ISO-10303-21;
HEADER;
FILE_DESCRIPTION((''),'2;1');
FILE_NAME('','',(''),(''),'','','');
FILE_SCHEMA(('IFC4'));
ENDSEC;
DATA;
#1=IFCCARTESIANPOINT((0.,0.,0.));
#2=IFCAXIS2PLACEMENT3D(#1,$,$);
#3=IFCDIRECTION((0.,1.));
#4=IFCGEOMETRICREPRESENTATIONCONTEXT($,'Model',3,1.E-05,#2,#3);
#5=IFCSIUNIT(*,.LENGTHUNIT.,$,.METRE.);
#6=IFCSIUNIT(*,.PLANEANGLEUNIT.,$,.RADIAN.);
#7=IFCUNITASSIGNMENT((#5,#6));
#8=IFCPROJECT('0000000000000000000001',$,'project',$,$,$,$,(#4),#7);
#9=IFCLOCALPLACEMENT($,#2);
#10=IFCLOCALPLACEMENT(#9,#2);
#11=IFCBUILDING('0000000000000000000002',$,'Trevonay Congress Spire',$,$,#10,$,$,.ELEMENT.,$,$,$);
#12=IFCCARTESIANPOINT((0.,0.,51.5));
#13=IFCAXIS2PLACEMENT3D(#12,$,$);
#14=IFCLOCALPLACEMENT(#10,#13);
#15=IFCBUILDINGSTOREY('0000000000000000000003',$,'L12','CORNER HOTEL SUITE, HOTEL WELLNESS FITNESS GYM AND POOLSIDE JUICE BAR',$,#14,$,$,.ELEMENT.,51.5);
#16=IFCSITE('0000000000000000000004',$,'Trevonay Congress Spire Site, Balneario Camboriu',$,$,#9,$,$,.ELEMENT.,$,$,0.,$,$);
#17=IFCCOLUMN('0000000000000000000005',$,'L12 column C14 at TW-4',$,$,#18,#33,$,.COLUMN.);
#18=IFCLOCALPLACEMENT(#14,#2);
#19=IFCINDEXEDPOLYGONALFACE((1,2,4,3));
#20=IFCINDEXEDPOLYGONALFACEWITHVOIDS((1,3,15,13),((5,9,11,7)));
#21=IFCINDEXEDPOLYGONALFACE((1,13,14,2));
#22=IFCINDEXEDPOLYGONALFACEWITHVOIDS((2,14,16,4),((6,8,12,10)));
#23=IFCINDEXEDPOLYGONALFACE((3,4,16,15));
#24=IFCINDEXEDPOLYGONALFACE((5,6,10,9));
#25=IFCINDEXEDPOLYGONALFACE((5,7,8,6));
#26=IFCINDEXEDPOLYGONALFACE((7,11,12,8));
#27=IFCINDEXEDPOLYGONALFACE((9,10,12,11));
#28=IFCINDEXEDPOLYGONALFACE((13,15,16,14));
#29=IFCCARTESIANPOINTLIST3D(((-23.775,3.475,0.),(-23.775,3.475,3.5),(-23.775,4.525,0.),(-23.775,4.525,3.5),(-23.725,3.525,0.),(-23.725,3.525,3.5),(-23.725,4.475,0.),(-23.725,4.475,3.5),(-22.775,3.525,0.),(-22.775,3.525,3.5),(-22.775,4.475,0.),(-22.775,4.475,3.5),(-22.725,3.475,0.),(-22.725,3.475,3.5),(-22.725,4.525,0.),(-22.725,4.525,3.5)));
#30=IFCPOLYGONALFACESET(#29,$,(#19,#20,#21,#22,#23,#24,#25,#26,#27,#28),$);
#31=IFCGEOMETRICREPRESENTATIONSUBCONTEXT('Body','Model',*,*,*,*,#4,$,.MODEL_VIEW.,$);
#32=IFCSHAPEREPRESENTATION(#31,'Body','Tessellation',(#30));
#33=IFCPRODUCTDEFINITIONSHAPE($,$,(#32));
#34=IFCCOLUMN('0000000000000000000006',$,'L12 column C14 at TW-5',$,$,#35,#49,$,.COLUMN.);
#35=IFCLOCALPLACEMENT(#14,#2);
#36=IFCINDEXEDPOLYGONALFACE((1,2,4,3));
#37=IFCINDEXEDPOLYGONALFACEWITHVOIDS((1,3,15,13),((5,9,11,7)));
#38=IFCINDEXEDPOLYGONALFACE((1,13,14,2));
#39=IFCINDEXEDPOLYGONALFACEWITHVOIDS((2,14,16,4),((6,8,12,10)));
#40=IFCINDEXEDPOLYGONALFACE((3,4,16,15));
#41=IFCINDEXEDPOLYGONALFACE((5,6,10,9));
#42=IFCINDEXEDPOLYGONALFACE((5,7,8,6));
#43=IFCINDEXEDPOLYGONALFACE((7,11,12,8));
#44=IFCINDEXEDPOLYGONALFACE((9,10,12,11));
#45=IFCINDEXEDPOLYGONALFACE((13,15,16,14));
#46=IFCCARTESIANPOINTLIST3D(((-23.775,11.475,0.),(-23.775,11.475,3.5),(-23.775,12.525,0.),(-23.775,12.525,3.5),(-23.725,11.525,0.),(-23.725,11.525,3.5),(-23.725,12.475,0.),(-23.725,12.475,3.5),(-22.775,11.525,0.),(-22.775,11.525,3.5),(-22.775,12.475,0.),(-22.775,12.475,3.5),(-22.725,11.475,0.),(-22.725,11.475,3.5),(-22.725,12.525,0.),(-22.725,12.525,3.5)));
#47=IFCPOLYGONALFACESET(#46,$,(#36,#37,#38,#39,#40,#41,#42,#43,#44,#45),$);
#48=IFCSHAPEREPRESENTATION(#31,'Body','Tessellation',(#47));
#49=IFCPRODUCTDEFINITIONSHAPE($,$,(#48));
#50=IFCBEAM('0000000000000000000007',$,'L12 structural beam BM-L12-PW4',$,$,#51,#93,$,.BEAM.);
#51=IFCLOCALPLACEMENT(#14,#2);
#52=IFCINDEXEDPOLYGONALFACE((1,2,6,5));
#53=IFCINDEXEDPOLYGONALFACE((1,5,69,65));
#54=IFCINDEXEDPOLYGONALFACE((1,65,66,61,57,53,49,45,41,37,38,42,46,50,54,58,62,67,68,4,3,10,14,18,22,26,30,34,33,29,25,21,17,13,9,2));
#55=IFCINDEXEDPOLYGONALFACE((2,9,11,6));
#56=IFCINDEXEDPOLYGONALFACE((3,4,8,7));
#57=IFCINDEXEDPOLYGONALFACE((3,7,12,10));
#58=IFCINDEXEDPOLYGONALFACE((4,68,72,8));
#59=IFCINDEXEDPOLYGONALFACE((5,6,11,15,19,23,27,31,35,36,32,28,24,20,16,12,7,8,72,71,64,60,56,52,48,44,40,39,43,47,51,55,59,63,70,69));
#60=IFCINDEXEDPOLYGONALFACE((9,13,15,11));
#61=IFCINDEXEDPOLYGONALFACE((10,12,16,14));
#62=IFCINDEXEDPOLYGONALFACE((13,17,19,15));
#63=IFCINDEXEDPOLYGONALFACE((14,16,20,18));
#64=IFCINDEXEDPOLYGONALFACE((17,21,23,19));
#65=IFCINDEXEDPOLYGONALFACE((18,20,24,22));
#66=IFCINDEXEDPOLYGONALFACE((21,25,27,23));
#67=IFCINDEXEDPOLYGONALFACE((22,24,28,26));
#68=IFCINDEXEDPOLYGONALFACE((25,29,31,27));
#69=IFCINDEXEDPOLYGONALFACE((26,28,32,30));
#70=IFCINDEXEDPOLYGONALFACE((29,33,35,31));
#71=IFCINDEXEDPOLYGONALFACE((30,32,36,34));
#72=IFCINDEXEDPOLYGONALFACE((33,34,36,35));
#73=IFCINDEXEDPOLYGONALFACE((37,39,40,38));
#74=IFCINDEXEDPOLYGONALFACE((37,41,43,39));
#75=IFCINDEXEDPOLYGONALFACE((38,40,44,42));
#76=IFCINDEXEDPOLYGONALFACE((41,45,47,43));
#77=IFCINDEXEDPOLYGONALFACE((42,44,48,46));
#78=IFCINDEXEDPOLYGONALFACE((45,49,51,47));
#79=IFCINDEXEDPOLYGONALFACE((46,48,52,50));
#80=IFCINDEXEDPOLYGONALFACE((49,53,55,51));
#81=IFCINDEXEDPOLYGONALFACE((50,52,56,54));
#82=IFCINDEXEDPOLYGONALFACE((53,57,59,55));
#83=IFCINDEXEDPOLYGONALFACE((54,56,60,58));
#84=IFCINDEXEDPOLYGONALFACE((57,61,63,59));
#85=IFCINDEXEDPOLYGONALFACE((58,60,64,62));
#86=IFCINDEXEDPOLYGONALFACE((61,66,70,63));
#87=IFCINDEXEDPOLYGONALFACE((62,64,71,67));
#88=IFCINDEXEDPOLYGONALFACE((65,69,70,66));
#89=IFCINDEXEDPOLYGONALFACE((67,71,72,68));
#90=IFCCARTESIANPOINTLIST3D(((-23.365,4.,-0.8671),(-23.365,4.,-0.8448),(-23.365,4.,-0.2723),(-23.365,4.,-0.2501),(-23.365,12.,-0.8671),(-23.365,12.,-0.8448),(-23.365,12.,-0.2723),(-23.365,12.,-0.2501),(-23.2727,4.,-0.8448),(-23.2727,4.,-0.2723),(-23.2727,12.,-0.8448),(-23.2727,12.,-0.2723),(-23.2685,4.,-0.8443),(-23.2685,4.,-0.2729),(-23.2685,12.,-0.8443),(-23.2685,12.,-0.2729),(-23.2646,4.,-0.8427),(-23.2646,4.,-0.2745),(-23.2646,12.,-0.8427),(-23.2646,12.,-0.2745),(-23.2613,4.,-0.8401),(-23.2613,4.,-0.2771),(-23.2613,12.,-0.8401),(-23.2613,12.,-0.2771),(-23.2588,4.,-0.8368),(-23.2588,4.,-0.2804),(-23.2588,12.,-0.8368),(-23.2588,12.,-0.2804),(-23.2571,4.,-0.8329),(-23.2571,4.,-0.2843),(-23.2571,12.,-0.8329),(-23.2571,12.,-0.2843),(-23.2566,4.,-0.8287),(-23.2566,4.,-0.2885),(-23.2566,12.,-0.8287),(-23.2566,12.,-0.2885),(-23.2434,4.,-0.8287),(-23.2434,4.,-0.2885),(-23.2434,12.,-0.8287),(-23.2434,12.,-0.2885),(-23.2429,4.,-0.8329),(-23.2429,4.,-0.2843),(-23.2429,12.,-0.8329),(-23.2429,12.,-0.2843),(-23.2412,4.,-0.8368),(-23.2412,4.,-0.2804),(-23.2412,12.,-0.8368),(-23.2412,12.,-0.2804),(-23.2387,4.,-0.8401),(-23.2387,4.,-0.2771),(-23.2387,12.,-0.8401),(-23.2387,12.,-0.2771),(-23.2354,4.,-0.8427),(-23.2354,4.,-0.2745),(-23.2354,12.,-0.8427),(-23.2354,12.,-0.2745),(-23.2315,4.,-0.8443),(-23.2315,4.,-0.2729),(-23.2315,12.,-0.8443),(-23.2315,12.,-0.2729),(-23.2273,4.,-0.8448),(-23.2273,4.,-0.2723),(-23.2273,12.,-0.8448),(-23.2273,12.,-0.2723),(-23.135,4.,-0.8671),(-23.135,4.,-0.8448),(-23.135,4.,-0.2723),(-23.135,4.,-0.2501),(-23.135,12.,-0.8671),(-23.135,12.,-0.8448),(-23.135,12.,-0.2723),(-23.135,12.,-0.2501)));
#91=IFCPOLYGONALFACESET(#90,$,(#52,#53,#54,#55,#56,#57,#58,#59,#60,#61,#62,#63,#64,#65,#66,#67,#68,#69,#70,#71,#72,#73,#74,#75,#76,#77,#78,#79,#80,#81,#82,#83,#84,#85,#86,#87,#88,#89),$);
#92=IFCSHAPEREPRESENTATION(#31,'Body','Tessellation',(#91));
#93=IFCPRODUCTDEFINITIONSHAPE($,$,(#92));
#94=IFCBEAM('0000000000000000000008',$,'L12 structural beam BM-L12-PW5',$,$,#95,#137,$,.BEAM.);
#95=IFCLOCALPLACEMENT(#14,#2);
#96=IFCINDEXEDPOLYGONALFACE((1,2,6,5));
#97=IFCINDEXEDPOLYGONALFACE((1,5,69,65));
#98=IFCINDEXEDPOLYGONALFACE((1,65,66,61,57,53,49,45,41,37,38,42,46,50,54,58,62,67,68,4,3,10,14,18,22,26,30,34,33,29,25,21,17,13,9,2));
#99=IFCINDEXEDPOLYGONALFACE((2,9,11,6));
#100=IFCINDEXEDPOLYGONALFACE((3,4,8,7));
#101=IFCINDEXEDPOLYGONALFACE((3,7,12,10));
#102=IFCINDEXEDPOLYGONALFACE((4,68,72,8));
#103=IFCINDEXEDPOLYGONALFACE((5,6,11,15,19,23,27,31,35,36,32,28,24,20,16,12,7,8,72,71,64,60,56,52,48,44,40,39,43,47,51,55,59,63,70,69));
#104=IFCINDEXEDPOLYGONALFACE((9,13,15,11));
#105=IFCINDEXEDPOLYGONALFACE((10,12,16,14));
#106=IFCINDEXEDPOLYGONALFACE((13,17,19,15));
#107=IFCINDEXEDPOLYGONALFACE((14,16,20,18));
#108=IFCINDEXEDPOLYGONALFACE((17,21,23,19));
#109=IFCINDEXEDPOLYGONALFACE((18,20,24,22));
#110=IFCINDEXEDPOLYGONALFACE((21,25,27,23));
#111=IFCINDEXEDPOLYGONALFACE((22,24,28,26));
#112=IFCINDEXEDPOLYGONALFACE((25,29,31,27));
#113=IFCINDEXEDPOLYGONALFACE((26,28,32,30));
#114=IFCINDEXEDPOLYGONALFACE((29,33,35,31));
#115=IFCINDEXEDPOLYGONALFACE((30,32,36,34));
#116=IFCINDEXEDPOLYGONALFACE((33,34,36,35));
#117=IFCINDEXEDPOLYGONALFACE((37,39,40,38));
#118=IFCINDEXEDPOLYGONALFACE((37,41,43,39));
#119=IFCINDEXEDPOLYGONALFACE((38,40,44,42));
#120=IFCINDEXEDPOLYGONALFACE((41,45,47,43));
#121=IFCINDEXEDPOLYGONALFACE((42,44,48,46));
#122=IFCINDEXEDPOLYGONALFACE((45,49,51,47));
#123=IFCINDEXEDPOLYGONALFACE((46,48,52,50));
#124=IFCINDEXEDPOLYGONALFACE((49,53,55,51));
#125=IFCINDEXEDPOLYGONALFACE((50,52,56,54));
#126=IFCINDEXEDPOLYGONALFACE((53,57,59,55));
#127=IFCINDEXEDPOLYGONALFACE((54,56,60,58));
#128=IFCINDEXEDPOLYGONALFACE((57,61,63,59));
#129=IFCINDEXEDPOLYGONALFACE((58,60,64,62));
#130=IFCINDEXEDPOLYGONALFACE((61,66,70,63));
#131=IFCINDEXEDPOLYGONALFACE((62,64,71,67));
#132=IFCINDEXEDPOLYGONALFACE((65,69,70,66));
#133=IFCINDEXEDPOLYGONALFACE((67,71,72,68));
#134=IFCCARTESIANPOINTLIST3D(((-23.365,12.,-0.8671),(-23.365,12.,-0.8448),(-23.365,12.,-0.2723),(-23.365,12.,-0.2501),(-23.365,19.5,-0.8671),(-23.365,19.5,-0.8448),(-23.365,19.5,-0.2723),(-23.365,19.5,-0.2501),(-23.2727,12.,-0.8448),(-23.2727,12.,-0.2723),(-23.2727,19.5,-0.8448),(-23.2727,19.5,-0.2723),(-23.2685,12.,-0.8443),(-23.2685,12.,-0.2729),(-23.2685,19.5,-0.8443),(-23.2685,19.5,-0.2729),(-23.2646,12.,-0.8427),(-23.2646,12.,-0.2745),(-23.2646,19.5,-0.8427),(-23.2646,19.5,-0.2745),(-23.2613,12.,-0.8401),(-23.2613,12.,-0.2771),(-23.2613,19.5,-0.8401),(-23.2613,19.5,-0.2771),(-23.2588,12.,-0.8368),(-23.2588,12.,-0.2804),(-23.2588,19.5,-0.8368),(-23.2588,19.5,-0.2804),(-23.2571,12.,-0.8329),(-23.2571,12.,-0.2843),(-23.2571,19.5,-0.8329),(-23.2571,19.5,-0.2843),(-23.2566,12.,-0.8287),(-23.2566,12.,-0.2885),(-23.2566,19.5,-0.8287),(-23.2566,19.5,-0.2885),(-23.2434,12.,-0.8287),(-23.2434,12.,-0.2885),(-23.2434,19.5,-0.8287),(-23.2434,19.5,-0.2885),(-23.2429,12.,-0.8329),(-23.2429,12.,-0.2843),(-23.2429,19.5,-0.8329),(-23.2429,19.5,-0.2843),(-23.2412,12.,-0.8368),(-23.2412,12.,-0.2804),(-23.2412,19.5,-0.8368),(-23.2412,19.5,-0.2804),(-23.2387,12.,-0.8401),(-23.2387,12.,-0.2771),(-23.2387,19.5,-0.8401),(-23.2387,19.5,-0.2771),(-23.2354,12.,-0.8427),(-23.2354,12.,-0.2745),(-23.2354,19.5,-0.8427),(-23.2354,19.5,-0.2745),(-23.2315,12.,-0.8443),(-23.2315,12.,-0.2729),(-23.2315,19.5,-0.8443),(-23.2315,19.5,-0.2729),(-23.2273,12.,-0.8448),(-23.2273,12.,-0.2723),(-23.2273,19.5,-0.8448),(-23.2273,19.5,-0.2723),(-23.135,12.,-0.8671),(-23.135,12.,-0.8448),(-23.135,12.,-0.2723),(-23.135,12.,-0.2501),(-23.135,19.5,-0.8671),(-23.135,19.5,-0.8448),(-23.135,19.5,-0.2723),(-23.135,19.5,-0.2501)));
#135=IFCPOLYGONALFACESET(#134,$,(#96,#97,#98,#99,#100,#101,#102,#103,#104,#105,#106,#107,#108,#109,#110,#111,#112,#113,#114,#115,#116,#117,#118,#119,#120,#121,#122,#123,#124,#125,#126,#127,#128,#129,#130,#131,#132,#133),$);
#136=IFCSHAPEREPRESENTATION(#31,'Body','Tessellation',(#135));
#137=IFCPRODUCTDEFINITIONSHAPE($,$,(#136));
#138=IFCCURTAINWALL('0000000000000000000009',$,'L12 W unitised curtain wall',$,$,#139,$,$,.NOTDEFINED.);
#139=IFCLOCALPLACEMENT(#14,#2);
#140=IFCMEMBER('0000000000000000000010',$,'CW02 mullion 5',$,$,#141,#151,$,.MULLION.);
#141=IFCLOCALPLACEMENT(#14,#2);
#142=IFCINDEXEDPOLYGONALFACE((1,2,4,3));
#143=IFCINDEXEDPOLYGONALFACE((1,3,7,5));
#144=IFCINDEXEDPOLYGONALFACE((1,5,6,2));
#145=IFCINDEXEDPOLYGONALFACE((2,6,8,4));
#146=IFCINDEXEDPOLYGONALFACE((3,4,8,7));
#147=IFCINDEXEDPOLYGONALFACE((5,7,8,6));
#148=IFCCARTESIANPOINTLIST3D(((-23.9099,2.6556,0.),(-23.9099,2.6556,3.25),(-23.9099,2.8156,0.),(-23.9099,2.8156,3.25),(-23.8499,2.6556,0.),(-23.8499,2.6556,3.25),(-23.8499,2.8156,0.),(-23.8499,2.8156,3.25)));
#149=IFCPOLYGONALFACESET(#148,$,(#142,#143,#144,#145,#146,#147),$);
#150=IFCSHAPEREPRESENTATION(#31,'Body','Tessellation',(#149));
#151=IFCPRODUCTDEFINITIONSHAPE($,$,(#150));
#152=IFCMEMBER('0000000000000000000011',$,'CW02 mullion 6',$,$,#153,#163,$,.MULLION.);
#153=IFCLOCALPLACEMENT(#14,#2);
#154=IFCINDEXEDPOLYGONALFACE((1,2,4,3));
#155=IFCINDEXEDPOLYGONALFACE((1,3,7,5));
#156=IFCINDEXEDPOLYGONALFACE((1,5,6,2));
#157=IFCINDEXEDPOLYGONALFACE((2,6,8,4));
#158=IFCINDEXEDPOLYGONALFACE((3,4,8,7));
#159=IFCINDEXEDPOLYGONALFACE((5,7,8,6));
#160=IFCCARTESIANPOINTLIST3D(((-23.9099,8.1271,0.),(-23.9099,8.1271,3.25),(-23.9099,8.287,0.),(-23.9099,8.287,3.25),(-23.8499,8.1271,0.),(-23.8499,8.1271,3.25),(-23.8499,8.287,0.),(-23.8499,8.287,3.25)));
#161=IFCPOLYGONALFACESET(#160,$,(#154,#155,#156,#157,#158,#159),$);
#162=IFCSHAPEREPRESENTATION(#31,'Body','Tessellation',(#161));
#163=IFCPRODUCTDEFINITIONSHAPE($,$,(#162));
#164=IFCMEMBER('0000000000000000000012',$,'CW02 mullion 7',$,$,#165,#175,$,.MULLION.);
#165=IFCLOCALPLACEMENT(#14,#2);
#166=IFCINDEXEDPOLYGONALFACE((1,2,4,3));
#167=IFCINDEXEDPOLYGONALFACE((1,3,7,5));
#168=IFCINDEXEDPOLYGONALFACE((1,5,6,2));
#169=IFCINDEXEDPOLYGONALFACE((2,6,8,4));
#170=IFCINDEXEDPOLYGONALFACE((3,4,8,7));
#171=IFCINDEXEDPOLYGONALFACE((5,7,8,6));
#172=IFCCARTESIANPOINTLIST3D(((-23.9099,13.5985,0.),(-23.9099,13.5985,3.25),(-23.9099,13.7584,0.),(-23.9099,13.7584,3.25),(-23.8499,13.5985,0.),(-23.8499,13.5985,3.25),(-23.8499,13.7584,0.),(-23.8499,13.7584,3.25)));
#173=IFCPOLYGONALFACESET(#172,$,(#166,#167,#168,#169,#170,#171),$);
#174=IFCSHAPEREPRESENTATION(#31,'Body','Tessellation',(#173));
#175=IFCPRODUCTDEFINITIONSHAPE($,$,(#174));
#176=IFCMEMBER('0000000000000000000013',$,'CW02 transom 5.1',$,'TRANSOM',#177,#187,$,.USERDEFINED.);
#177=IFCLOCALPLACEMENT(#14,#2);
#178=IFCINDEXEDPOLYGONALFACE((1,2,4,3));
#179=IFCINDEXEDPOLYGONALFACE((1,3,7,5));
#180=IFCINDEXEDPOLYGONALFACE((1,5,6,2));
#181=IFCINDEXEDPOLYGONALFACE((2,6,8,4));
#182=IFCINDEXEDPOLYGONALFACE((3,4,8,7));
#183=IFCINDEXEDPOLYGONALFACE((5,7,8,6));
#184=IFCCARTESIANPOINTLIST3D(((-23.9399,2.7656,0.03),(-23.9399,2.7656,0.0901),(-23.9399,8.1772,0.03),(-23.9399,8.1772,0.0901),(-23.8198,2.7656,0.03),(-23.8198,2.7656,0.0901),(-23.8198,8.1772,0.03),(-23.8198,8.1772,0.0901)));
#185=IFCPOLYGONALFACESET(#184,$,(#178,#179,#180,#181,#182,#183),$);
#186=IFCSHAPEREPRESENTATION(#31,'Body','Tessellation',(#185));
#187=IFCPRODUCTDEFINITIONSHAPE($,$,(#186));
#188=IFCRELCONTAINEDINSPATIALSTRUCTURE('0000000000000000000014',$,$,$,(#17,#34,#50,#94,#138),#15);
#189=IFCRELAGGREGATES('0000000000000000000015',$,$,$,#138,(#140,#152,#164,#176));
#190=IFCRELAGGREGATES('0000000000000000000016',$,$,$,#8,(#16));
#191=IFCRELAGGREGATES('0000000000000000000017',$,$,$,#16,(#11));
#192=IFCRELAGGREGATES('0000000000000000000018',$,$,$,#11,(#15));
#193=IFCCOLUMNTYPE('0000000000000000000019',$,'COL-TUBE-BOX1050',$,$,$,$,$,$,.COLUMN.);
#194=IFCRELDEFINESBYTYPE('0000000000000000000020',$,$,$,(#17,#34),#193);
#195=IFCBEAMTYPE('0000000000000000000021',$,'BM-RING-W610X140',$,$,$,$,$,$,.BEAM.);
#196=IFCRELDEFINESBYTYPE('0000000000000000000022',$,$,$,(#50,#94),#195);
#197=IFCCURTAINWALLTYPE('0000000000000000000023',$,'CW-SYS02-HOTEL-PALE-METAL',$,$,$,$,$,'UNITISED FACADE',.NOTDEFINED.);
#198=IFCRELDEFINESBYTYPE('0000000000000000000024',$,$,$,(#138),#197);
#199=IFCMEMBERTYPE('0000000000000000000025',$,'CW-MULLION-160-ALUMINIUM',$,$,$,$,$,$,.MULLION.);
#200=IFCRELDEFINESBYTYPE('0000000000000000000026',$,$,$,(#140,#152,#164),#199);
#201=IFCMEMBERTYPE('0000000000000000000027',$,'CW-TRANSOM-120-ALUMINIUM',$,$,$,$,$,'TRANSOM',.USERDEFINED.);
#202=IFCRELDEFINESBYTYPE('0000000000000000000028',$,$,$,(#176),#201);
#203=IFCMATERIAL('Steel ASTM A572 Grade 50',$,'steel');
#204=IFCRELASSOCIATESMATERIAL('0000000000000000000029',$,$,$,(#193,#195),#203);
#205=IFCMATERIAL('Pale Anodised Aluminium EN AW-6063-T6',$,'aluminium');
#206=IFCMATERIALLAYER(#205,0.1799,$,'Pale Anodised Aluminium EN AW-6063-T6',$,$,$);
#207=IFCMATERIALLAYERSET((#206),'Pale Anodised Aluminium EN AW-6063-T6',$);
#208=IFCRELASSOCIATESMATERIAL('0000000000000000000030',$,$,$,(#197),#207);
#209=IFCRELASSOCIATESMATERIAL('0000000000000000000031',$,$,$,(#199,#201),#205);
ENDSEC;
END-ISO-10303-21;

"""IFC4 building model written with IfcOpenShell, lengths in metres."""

from ifc_helpers import new_model, si_unit, direction, frame, origin, origin_2d, place, context, subcontext, project, spatial, rectangle, hollow_rectangle, i_section, extrude, material, layer, layer_set, material_profile, profile_set, type_object, element, aggregate, save


model = new_model("IFC4")

# Units and contexts
model_context = context("Model", 3, precision=1e-05, world=origin(), true_north=direction((0.0, 1.0)))
body_context = subcontext(model_context, "Body", "Model", "MODEL_VIEW")
ifc_project = project(units=[si_unit("LENGTHUNIT", "METRE"), si_unit("PLANEANGLEUNIT", "RADIAN")], contexts=[model_context])

# Site, building, storey
site_placement = place(None, origin())
site = spatial("IfcSite", under=ifc_project, at=site_placement, Name="Trevonay Congress Spire Site, Balneario Camboriu", CompositionType="ELEMENT", RefElevation=0.0)
building_placement = place(site_placement, origin())
building = spatial("IfcBuilding", under=site, at=building_placement, Name="Trevonay Congress Spire", CompositionType="ELEMENT")
storey_placement = place(building_placement, frame((0.0, 0.0, 51.5)))
storey = spatial("IfcBuildingStorey", under=building, at=storey_placement, Name="L12", Description="CORNER HOTEL SUITE, HOTEL WELLNESS FITNESS GYM AND POOLSIDE JUICE BAR", CompositionType="ELEMENT", Elevation=51.5)

# Columns
ifc_material_1 = material(Name="Steel ASTM A572 Grade 50", Category="steel")
ifc_material_profile_1 = material_profile(ifc_material_1, hollow_rectangle(XDim=1.05, YDim=1.05, WallThickness=0.05, at=origin_2d()), Name="BOX 1050x1050x50")
ifc_profile_set_1 = profile_set([ifc_material_profile_1], Name="Steel ASTM A572 Grade 50")
column_type = type_object("IfcColumnType", Name="COL-TUBE-BOX1050", PredefinedType="COLUMN", material=ifc_profile_set_1)
for number, where, z_axis, x_axis, name in (
    (1, (-23.25, 4.0, 0.0), (0.0, 0.0, 1.0), (1.0, 0.0, 0.0), "L12 column C14 at TW-4"),
    (2, (-23.25, 12.0, 0.0), (0.0, 0.0, 1.0), (1.0, 0.0, 0.0), "L12 column C14 at TW-5"),
):
    element("IfcColumn", number, at=place(storey_placement, frame(where, z_axis=z_axis, x_axis=x_axis)), inside=storey, type_object=column_type, Name=name, PredefinedType="COLUMN", context=body_context, shape_type="SweptSolid", body=[
        extrude(hollow_rectangle(XDim=1.05, YDim=1.05, WallThickness=0.05, at=origin_2d()), origin(), (0.0, 0.0, 1.0), 3.5),
    ])

# Beams
ifc_material_profile_2 = material_profile(ifc_material_1, i_section(OverallWidth=0.23, OverallDepth=0.6169, WebThickness=0.0132, FlangeThickness=0.0222, FilletRadius=0.0161, at=origin_2d()), Name="W610x140")
ifc_profile_set_2 = profile_set([ifc_material_profile_2], Name="Steel ASTM A572 Grade 50")
beam_type_1 = type_object("IfcBeamType", Name="BM-RING-W610X140", PredefinedType="BEAM", material=ifc_profile_set_2)
beam_1_placement = place(storey_placement, frame((-23.25, 4.0, -0.5586), z_axis=(0.0, 1.0, 0.0), x_axis=(-1.0, 0.0, 0.0)))
element("IfcBeam", 3, at=beam_1_placement, inside=storey, type_object=beam_type_1, Name="L12 structural beam BM-L12-PW4", PredefinedType="BEAM", context=body_context, shape_type="SweptSolid", body=[
    extrude(i_section(OverallWidth=0.23, OverallDepth=0.6169, WebThickness=0.0132, FlangeThickness=0.0222, FilletRadius=0.0161, at=origin_2d()), origin(), (0.0, 0.0, 1.0), 8.0),
])
beam_2_placement = place(storey_placement, frame((-23.25, 12.0, -0.5586), z_axis=(0.0, 1.0, 0.0), x_axis=(-1.0, 0.0, 0.0)))
element("IfcBeam", 4, at=beam_2_placement, inside=storey, type_object=beam_type_1, Name="L12 structural beam BM-L12-PW5", PredefinedType="BEAM", context=body_context, shape_type="SweptSolid", body=[
    extrude(i_section(OverallWidth=0.23, OverallDepth=0.6169, WebThickness=0.0132, FlangeThickness=0.0222, FilletRadius=0.0161, at=origin_2d()), origin(), (0.0, 0.0, 1.0), 7.5),
])

# Curtain wall, members
ifc_material_2 = material(Name="Pale Anodised Aluminium EN AW-6063-T6", Category="aluminium")
ifc_layer_1 = layer(ifc_material_2, 0.1799, Name="Pale Anodised Aluminium EN AW-6063-T6")
ifc_layer_set_1 = layer_set([ifc_layer_1], Name="Pale Anodised Aluminium EN AW-6063-T6")
curtain_wall_type = type_object("IfcCurtainWallType", Name="CW-SYS02-HOTEL-PALE-METAL", ElementType="UNITISED FACADE", PredefinedType="NOTDEFINED", material=ifc_layer_set_1)
curtain_wall_placement = place(storey_placement, origin())
curtain_wall = element("IfcCurtainWall", 5, at=curtain_wall_placement, inside=storey, type_object=curtain_wall_type, Name="L12 W unitised curtain wall", PredefinedType="NOTDEFINED")
ifc_material_profile_3 = material_profile(ifc_material_2, rectangle(XDim=0.0601, YDim=0.1599, at=origin_2d()), Name="CW-MULLION-160-ALUMINIUM")
ifc_profile_set_3 = profile_set([ifc_material_profile_3], Name="Pale Anodised Aluminium EN AW-6063-T6")
member_type_1 = type_object("IfcMemberType", Name="CW-MULLION-160-ALUMINIUM", PredefinedType="MULLION", material=ifc_profile_set_3)
member_1_placement = place(storey_placement, frame((-23.8799, 2.7356, 0.0), z_axis=(0.0, 0.0, 1.0), x_axis=(-1.0, 0.0, 0.0)))
member_1 = element("IfcMember", 6, at=member_1_placement, type_object=member_type_1, Name="CW02 mullion 5", PredefinedType="MULLION", context=body_context, shape_type="SweptSolid", body=[
    extrude(rectangle(XDim=0.0601, YDim=0.1599, at=origin_2d()), origin(), (0.0, 0.0, 1.0), 3.25),
])
member_2_placement = place(storey_placement, frame((-23.8799, 8.207, 0.0), z_axis=(0.0, 0.0, 1.0), x_axis=(-1.0, 0.0, 0.0)))
member_2 = element("IfcMember", 7, at=member_2_placement, type_object=member_type_1, Name="CW02 mullion 6", PredefinedType="MULLION", context=body_context, shape_type="SweptSolid", body=[
    extrude(rectangle(XDim=0.0601, YDim=0.1599, at=origin_2d()), origin(), (0.0, 0.0, 1.0), 3.25),
])
member_3_placement = place(storey_placement, frame((-23.8799, 13.6785, 0.0), z_axis=(0.0, 0.0, 1.0), x_axis=(-1.0, 0.0, 0.0)))
member_3 = element("IfcMember", 8, at=member_3_placement, type_object=member_type_1, Name="CW02 mullion 7", PredefinedType="MULLION", context=body_context, shape_type="SweptSolid", body=[
    extrude(rectangle(XDim=0.0601, YDim=0.1599, at=origin_2d()), origin(), (0.0, 0.0, 1.0), 3.25),
])
ifc_material_profile_4 = material_profile(ifc_material_2, rectangle(XDim=0.1201, YDim=0.0601, at=origin_2d()), Name="CW-TRANSOM-120-ALUMINIUM")
ifc_profile_set_4 = profile_set([ifc_material_profile_4], Name="Pale Anodised Aluminium EN AW-6063-T6")
member_type_2 = type_object("IfcMemberType", Name="CW-TRANSOM-120-ALUMINIUM", ElementType="TRANSOM", PredefinedType="USERDEFINED", material=ifc_profile_set_4)
member_4_placement = place(storey_placement, frame((-23.8799, 2.7656, 0.0601), z_axis=(0.0, 1.0, 0.0), x_axis=(-1.0, 0.0, 0.0)))
member_4 = element("IfcMember", 9, at=member_4_placement, type_object=member_type_2, Name="CW02 transom 5.1", ObjectType="TRANSOM", PredefinedType="USERDEFINED", context=body_context, shape_type="SweptSolid", body=[
    extrude(rectangle(XDim=0.1201, YDim=0.0601, at=origin_2d()), origin(), (0.0, 0.0, 1.0), 5.4116),
])

aggregate(curtain_wall, [member_1, member_2, member_3, member_4])

save(model, "model.ifc")
